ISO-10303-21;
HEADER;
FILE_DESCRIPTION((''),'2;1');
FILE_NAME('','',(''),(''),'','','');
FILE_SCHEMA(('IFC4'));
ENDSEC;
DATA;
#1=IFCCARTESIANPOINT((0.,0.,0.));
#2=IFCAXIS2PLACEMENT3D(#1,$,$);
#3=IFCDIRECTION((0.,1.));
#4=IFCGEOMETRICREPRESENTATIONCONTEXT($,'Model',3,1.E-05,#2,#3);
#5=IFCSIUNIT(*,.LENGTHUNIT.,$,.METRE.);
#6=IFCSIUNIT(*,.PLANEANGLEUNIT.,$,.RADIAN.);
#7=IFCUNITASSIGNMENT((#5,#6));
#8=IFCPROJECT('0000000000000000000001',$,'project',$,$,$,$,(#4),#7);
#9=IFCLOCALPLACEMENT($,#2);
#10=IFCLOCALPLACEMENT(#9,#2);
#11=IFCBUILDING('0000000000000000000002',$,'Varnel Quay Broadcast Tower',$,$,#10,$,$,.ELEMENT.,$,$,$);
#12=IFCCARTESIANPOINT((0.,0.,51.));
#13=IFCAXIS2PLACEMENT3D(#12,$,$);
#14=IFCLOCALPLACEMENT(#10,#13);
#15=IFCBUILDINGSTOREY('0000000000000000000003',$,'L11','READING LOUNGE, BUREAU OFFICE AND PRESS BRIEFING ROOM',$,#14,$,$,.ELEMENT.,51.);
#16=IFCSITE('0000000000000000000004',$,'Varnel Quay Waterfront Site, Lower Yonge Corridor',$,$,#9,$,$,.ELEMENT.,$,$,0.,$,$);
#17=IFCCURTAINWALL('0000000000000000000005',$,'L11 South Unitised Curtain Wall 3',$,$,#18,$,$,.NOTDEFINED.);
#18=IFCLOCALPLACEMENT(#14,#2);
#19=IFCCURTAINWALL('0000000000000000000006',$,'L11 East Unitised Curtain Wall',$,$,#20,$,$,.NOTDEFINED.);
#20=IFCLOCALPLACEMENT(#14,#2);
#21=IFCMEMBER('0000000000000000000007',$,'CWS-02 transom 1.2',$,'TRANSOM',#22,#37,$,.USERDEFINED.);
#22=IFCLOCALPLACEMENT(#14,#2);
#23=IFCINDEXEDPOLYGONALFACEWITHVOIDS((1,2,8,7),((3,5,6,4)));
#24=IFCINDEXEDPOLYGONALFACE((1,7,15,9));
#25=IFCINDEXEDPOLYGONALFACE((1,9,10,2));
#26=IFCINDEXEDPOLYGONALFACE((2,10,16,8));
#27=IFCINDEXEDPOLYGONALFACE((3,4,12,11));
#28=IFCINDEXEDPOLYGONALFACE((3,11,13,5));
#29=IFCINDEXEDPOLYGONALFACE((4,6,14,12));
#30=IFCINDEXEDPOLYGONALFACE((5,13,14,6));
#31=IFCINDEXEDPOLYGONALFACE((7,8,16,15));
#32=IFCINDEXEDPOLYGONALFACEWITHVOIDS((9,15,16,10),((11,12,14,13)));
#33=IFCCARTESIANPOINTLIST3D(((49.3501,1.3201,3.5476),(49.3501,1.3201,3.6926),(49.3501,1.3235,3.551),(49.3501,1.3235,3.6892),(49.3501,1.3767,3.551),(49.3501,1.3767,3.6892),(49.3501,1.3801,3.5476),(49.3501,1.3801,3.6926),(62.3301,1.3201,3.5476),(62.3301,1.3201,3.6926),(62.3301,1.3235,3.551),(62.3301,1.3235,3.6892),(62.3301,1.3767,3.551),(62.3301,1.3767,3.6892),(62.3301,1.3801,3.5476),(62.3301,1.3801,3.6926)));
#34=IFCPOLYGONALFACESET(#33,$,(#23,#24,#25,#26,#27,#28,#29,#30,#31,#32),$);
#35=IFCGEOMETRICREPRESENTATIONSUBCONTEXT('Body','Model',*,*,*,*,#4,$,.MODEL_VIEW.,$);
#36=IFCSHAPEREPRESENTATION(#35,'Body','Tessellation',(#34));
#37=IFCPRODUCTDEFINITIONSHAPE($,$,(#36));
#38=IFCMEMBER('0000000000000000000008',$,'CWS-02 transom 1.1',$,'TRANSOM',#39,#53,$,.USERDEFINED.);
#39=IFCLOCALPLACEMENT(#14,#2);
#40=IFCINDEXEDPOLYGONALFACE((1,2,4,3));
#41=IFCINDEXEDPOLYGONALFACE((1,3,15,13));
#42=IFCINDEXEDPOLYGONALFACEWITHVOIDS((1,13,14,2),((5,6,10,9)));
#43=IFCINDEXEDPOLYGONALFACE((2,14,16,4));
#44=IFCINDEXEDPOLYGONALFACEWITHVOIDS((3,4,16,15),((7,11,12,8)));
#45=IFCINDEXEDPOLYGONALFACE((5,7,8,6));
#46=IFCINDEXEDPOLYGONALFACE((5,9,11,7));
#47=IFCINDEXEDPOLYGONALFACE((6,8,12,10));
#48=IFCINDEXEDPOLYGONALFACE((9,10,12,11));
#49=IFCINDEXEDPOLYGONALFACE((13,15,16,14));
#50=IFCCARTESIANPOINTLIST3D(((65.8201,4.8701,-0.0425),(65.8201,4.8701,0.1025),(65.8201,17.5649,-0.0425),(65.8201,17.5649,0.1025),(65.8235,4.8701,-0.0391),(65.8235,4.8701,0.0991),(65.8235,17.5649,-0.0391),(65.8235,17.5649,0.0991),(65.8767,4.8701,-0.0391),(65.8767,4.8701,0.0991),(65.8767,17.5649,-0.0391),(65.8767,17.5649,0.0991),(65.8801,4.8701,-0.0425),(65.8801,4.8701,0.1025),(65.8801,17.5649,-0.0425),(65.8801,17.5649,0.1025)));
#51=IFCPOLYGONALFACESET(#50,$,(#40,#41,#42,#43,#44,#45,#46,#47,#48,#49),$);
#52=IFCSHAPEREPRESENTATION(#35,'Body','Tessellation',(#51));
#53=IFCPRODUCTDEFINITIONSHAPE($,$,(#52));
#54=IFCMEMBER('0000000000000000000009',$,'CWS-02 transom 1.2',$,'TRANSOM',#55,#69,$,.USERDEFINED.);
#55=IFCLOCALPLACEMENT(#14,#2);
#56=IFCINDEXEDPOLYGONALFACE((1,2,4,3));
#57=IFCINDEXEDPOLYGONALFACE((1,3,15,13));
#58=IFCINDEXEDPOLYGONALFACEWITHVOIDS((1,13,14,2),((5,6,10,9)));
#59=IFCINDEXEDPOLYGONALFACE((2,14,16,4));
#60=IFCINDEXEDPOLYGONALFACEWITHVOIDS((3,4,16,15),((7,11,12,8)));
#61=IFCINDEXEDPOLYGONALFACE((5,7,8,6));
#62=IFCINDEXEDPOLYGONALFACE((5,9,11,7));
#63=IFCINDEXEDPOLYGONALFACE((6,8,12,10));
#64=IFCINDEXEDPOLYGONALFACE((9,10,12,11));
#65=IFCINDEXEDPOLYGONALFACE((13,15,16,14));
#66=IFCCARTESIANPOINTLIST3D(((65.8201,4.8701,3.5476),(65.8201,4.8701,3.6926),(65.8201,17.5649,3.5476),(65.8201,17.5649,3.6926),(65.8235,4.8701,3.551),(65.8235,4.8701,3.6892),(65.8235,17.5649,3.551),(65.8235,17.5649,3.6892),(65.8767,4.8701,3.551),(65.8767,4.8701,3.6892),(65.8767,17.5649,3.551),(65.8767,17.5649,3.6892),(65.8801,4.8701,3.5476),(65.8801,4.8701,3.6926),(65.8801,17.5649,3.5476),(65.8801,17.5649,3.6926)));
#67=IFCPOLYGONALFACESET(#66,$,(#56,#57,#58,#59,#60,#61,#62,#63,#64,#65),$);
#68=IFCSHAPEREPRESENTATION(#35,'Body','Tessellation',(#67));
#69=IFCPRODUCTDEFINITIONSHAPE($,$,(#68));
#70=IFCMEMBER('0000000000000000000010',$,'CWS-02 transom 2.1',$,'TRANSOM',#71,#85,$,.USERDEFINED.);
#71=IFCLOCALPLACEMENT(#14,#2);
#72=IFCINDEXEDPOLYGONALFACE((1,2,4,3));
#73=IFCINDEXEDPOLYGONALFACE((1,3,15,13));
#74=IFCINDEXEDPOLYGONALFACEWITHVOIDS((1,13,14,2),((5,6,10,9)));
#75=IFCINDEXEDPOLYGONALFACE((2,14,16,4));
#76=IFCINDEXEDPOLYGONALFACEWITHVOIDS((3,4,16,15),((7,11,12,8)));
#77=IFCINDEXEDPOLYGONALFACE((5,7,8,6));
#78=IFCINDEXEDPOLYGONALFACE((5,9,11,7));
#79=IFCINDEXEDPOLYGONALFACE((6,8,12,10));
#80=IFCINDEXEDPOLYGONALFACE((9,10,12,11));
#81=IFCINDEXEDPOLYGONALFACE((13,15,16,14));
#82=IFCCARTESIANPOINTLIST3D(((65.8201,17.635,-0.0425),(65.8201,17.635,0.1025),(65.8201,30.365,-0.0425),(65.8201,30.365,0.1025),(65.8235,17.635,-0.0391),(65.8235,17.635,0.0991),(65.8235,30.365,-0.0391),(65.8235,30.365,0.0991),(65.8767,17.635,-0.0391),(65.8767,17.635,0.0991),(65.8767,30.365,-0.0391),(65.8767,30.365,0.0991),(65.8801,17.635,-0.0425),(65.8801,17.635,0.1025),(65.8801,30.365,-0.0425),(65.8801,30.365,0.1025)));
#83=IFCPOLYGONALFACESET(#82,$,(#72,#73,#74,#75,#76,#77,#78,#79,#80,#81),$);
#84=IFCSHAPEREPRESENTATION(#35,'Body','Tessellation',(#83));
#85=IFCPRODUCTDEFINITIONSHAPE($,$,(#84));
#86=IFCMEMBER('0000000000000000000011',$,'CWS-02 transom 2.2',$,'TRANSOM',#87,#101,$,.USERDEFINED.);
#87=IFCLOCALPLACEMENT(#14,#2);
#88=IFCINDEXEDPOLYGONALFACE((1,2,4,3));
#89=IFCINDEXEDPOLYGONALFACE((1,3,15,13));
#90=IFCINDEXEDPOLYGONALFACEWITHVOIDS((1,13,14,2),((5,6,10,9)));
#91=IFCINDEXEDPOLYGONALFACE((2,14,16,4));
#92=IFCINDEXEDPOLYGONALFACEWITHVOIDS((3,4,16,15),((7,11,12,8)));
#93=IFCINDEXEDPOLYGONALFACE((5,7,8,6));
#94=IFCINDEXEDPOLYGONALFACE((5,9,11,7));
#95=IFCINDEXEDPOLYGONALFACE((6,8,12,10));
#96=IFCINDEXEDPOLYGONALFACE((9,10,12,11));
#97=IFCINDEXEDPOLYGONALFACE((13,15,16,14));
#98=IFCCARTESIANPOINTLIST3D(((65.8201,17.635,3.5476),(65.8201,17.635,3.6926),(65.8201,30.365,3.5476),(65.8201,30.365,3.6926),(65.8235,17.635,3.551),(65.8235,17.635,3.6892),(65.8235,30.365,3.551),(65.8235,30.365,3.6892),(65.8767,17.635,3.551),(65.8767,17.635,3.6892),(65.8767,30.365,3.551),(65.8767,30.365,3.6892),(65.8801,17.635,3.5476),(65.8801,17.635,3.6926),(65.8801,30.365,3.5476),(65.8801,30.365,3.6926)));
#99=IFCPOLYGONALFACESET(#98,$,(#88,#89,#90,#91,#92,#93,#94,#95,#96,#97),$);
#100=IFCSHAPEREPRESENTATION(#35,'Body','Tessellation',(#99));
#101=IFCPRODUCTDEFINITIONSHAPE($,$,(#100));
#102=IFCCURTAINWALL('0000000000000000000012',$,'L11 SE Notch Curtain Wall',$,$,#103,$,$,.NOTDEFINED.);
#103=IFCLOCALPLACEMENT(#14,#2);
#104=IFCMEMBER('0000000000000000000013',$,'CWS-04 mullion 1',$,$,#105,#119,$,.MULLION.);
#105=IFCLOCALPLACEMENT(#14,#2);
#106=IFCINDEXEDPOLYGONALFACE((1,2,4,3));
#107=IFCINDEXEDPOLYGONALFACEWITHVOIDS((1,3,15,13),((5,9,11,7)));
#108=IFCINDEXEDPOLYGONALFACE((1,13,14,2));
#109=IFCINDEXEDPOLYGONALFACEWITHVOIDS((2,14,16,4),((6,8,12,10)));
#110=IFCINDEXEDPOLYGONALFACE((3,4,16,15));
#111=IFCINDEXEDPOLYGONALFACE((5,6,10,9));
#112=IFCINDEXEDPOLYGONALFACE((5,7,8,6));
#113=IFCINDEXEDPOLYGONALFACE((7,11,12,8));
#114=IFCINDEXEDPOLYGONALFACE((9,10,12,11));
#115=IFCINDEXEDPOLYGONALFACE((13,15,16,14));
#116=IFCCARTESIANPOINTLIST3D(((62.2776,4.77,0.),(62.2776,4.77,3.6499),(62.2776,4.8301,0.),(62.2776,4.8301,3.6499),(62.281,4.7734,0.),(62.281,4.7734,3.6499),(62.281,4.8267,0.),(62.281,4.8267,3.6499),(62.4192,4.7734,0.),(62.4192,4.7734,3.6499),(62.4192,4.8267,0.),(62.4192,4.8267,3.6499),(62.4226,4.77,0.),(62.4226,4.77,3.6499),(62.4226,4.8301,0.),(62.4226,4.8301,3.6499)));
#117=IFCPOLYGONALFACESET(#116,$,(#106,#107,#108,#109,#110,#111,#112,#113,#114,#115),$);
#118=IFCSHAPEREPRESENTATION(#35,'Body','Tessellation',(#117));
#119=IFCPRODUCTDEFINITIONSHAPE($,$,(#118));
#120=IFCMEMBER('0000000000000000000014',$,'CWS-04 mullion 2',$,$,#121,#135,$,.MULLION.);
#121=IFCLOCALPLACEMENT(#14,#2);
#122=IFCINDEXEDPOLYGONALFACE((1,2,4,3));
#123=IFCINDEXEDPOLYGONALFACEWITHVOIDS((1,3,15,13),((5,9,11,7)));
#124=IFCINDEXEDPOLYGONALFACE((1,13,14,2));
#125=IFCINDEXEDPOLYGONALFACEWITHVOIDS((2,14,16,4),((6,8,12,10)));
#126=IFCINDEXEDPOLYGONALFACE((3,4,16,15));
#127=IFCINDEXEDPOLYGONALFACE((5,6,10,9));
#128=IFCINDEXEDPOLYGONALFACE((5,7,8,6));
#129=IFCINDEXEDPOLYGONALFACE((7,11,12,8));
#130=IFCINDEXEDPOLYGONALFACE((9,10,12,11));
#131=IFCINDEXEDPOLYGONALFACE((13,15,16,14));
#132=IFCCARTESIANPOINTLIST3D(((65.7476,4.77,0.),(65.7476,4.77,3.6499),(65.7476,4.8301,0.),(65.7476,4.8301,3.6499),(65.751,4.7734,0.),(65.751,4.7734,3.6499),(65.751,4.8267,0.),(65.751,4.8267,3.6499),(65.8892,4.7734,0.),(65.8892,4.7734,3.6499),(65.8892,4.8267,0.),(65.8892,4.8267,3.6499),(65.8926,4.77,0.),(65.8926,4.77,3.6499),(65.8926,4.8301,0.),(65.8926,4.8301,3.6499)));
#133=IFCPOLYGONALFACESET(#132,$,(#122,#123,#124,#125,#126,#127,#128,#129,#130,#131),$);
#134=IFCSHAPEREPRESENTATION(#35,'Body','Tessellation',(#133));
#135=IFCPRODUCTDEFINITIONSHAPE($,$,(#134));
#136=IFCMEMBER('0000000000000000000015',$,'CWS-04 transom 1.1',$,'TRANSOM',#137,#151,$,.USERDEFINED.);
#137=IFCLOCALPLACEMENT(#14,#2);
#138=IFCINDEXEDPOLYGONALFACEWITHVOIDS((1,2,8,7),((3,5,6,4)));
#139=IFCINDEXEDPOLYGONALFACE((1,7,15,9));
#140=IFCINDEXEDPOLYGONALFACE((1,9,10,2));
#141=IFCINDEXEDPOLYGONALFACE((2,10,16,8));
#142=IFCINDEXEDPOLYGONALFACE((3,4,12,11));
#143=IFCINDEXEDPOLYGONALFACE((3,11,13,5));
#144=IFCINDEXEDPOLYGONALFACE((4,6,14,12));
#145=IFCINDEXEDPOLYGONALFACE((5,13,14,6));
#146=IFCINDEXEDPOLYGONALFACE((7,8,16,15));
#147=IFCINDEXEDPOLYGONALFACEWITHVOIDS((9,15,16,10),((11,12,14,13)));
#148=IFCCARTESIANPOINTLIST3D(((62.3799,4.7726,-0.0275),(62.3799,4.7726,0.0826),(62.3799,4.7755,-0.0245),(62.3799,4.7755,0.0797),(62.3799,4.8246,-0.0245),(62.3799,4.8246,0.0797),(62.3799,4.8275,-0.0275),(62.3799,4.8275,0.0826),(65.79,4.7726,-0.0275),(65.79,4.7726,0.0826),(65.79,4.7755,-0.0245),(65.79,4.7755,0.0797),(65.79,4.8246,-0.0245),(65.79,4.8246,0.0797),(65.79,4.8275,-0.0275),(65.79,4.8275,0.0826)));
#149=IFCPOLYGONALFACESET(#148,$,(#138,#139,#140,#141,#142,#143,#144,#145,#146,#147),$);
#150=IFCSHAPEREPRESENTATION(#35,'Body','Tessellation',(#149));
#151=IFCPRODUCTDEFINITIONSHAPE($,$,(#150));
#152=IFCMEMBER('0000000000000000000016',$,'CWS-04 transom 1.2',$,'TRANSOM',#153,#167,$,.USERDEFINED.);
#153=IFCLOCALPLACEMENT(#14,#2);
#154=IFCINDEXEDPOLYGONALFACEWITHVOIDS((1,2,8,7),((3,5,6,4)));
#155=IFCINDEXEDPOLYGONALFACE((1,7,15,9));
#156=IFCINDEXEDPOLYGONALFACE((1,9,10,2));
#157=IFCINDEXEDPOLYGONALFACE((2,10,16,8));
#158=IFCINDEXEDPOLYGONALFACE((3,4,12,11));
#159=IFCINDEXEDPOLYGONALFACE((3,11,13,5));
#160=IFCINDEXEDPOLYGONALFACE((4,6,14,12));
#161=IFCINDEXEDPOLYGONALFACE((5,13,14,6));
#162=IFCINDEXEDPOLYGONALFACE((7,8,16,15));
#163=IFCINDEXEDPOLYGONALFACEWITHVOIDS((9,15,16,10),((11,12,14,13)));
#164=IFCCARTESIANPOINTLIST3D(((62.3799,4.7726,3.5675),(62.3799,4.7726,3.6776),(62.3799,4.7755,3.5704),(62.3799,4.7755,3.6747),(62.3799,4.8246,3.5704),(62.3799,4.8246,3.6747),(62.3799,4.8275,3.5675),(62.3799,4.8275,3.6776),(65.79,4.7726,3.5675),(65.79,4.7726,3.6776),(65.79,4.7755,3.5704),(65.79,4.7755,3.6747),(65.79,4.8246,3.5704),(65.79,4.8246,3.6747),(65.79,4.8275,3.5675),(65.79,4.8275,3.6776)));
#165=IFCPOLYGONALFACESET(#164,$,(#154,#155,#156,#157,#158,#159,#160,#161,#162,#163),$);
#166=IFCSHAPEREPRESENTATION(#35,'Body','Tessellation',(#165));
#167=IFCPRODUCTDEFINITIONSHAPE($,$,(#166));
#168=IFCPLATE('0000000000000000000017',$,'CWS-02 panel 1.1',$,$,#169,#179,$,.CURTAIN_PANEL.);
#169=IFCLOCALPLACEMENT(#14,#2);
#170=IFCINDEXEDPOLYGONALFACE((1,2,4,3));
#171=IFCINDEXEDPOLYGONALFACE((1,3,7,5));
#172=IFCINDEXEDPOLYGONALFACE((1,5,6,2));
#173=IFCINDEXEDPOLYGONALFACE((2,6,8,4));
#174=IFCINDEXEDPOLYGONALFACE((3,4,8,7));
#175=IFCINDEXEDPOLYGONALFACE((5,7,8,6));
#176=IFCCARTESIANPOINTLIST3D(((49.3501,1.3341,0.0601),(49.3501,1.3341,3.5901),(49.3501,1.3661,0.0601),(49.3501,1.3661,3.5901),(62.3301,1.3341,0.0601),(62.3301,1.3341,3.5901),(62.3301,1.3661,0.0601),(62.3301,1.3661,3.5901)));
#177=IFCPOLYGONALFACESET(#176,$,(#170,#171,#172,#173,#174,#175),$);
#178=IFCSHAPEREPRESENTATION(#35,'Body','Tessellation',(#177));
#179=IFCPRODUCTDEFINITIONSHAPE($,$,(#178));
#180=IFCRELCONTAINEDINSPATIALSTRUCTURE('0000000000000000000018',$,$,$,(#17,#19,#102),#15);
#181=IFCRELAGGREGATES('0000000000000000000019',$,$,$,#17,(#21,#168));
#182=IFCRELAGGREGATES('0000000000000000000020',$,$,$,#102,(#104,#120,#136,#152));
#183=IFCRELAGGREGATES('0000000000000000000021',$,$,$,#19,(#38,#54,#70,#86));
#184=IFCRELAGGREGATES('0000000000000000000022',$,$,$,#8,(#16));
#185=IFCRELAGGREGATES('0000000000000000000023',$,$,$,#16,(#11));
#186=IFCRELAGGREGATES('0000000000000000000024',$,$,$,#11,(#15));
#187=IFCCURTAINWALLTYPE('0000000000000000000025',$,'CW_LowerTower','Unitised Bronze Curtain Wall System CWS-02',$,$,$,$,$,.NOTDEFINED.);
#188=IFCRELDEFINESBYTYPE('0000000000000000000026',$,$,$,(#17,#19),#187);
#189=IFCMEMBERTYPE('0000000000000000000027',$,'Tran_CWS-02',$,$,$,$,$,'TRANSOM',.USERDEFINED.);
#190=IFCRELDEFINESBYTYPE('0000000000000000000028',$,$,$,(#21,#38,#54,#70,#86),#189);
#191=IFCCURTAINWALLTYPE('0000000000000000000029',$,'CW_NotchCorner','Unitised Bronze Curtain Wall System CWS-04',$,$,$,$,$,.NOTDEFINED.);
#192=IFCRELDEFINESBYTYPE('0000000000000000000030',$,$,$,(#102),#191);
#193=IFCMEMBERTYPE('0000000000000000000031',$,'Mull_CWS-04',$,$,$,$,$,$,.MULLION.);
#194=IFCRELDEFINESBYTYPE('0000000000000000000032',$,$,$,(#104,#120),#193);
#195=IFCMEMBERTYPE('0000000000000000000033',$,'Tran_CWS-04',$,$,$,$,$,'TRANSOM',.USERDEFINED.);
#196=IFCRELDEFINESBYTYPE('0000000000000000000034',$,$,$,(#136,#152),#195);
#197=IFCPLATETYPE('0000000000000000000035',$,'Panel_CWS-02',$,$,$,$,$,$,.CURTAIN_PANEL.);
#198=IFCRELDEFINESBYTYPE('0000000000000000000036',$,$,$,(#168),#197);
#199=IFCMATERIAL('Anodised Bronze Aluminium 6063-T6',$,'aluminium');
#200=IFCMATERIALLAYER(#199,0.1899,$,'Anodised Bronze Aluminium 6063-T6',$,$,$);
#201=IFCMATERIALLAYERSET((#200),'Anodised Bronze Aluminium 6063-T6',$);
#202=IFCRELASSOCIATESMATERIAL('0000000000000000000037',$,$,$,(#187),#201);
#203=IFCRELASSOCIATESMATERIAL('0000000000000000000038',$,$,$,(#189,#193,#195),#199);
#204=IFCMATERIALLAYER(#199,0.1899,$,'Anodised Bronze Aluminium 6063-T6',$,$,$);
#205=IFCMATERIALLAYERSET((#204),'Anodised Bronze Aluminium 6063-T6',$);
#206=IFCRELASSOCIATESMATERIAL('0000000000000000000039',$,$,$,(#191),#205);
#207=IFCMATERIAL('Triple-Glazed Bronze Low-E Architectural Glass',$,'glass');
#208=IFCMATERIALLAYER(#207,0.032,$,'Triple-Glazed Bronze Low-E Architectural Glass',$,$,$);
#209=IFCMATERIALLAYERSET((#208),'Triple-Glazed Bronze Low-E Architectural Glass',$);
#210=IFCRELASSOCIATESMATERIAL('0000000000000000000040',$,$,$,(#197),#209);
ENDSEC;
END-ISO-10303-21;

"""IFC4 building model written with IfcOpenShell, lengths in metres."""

from ifc_helpers import new_model, si_unit, direction, frame, origin, origin_2d, place, context, subcontext, project, spatial, rectangle, hollow_rectangle, extrude, source, transform, mapped, material, layer, layer_set, material_profile, profile_set, type_object, type_shapes, element, aggregate, save


model = new_model("IFC4")

# Units and contexts
model_context = context("Model", 3, precision=1e-05, world=origin(), true_north=direction((0.0, 1.0)))
body_context = subcontext(model_context, "Body", "Model", "MODEL_VIEW")
ifc_project = project(units=[si_unit("LENGTHUNIT", "METRE"), si_unit("PLANEANGLEUNIT", "RADIAN")], contexts=[model_context])

# Site, building, storey
site_placement = place(None, origin())
site = spatial("IfcSite", under=ifc_project, at=site_placement, Name="Varnel Quay Waterfront Site, Lower Yonge Corridor", CompositionType="ELEMENT", RefElevation=0.0)
building_placement = place(site_placement, origin())
building = spatial("IfcBuilding", under=site, at=building_placement, Name="Varnel Quay Broadcast Tower", CompositionType="ELEMENT")
storey_placement = place(building_placement, frame((0.0, 0.0, 51.0)))
storey = spatial("IfcBuildingStorey", under=building, at=storey_placement, Name="L11", Description="READING LOUNGE, BUREAU OFFICE AND PRESS BRIEFING ROOM", CompositionType="ELEMENT", Elevation=51.0)

# Curtain walls
ifc_material_1 = material(Name="Anodised Bronze Aluminium 6063-T6", Category="aluminium")
ifc_layer_1 = layer(ifc_material_1, 0.1899, Name="Anodised Bronze Aluminium 6063-T6")
ifc_layer_set_1 = layer_set([ifc_layer_1], Name="Anodised Bronze Aluminium 6063-T6")
curtain_wall_type_1 = type_object("IfcCurtainWallType", Name="CW_LowerTower", Description="Unitised Bronze Curtain Wall System CWS-02", PredefinedType="NOTDEFINED", material=ifc_layer_set_1)
curtain_wall_1_placement = place(storey_placement, origin())
curtain_wall_1 = element("IfcCurtainWall", 1, at=curtain_wall_1_placement, inside=storey, type_object=curtain_wall_type_1, Name="L11 South Unitised Curtain Wall 3", PredefinedType="NOTDEFINED")
curtain_wall_2_placement = place(storey_placement, origin())
curtain_wall_2 = element("IfcCurtainWall", 2, at=curtain_wall_2_placement, inside=storey, type_object=curtain_wall_type_1, Name="L11 East Unitised Curtain Wall", PredefinedType="NOTDEFINED")

# Members
ifc_material_profile_1 = material_profile(ifc_material_1, hollow_rectangle(XDim=0.0601, YDim=0.145, WallThickness=0.0034, at=origin_2d()), Name="ALU60X145X3.5")
ifc_profile_set_1 = profile_set([ifc_material_profile_1], Name="Anodised Bronze Aluminium 6063-T6")
member_type_1 = type_object("IfcMemberType", Name="Tran_CWS-02", ElementType="TRANSOM", PredefinedType="USERDEFINED", material=ifc_profile_set_1)
shared_shape_1 = source(origin(), body_context, "Body", "SweptSolid", [
    extrude(hollow_rectangle(XDim=0.0601, YDim=0.145, WallThickness=0.0034, at=origin_2d()), origin(), (0.0, 0.0, 1.0), 12.98),
])
member_1_placement = place(storey_placement, frame((49.3501, 1.3501, 3.6201), z_axis=(1.0, 0.0, 0.0), x_axis=(0.0, 1.0, 0.0)))
member_1 = element("IfcMember", 3, at=member_1_placement, type_object=member_type_1, Name="CWS-02 transom 1.2", ObjectType="TRANSOM", PredefinedType="USERDEFINED", context=body_context, shape_type="MappedRepresentation", body=[
    mapped(shared_shape_1, transform((0.0, 0.0, 0.0), x_axis=(1.0, 0.0, 0.0), y_axis=(0.0, 1.0, 0.0), z_axis=(0.0, 0.0, 1.0), scale=1.0)),
])
shared_shape_2 = source(origin(), body_context, "Body", "SweptSolid", [
    extrude(hollow_rectangle(XDim=0.0601, YDim=0.145, WallThickness=0.0034, at=origin_2d()), origin(), (0.0, 0.0, 1.0), 12.6948),
])
member_2_placement = place(storey_placement, frame((65.8501, 4.8701, 0.03), z_axis=(0.0, 1.0, 0.0), x_axis=(-1.0, 0.0, 0.0)))
member_2 = element("IfcMember", 4, at=member_2_placement, type_object=member_type_1, Name="CWS-02 transom 1.1", ObjectType="TRANSOM", PredefinedType="USERDEFINED", context=body_context, shape_type="MappedRepresentation", body=[
    mapped(shared_shape_2, transform((0.0, 0.0, 0.0), x_axis=(1.0, 0.0, 0.0), y_axis=(0.0, 1.0, 0.0), z_axis=(0.0, 0.0, 1.0), scale=1.0)),
])
member_3_placement = place(storey_placement, frame((65.8501, 4.8701, 3.6201), z_axis=(0.0, 1.0, 0.0), x_axis=(-1.0, 0.0, 0.0)))
member_3 = element("IfcMember", 5, at=member_3_placement, type_object=member_type_1, Name="CWS-02 transom 1.2", ObjectType="TRANSOM", PredefinedType="USERDEFINED", context=body_context, shape_type="MappedRepresentation", body=[
    mapped(shared_shape_2, transform((0.0, 0.0, 0.0), x_axis=(1.0, 0.0, 0.0), y_axis=(0.0, 1.0, 0.0), z_axis=(0.0, 0.0, 1.0), scale=1.0)),
])
shared_shape_3 = source(origin(), body_context, "Body", "SweptSolid", [
    extrude(hollow_rectangle(XDim=0.0601, YDim=0.145, WallThickness=0.0034, at=origin_2d()), origin(), (0.0, 0.0, 1.0), 12.73),
])
type_shapes(member_type_1, [shared_shape_1, shared_shape_2, shared_shape_3])
member_4_placement = place(storey_placement, frame((65.8501, 17.635, 0.03), z_axis=(0.0, 1.0, 0.0), x_axis=(-1.0, 0.0, 0.0)))
member_4 = element("IfcMember", 6, at=member_4_placement, type_object=member_type_1, Name="CWS-02 transom 2.1", ObjectType="TRANSOM", PredefinedType="USERDEFINED", context=body_context, shape_type="MappedRepresentation", body=[
    mapped(shared_shape_3, transform((0.0, 0.0, 0.0), x_axis=(1.0, 0.0, 0.0), y_axis=(0.0, 1.0, 0.0), z_axis=(0.0, 0.0, 1.0), scale=1.0)),
])
member_5_placement = place(storey_placement, frame((65.8501, 17.635, 3.6201), z_axis=(0.0, 1.0, 0.0), x_axis=(-1.0, 0.0, 0.0)))
member_5 = element("IfcMember", 7, at=member_5_placement, type_object=member_type_1, Name="CWS-02 transom 2.2", ObjectType="TRANSOM", PredefinedType="USERDEFINED", context=body_context, shape_type="MappedRepresentation", body=[
    mapped(shared_shape_3, transform((0.0, 0.0, 0.0), x_axis=(1.0, 0.0, 0.0), y_axis=(0.0, 1.0, 0.0), z_axis=(0.0, 0.0, 1.0), scale=1.0)),
])

# Curtain wall, members
ifc_layer_2 = layer(ifc_material_1, 0.1899, Name="Anodised Bronze Aluminium 6063-T6")
ifc_layer_set_2 = layer_set([ifc_layer_2], Name="Anodised Bronze Aluminium 6063-T6")
curtain_wall_type_2 = type_object("IfcCurtainWallType", Name="CW_NotchCorner", Description="Unitised Bronze Curtain Wall System CWS-04", PredefinedType="NOTDEFINED", material=ifc_layer_set_2)
curtain_wall_3_placement = place(storey_placement, origin())
curtain_wall_3 = element("IfcCurtainWall", 8, at=curtain_wall_3_placement, inside=storey, type_object=curtain_wall_type_2, Name="L11 SE Notch Curtain Wall", PredefinedType="NOTDEFINED")
ifc_material_profile_2 = material_profile(ifc_material_1, hollow_rectangle(XDim=0.0601, YDim=0.145, WallThickness=0.0034, at=origin_2d()), Name="ALU60X145X3.5")
ifc_profile_set_2 = profile_set([ifc_material_profile_2], Name="Anodised Bronze Aluminium 6063-T6")
member_type_2 = type_object("IfcMemberType", Name="Mull_CWS-04", PredefinedType="MULLION", material=ifc_profile_set_2)
shared_shape_4 = source(origin(), body_context, "Body", "SweptSolid", [
    extrude(hollow_rectangle(XDim=0.0601, YDim=0.145, WallThickness=0.0034, at=origin_2d()), origin(), (0.0, 0.0, 1.0), 3.6499),
])
type_shapes(member_type_2, [shared_shape_4])
member_6_placement = place(storey_placement, frame((62.3501, 4.8, 0.0), z_axis=(0.0, 0.0, 1.0), x_axis=(0.0, 1.0, 0.0)))
member_6 = element("IfcMember", 9, at=member_6_placement, type_object=member_type_2, Name="CWS-04 mullion 1", PredefinedType="MULLION", context=body_context, shape_type="MappedRepresentation", body=[
    mapped(shared_shape_4, transform((0.0, 0.0, 0.0), x_axis=(1.0, 0.0, 0.0), y_axis=(0.0, 1.0, 0.0), z_axis=(0.0, 0.0, 1.0), scale=1.0)),
])
member_7_placement = place(storey_placement, frame((65.8201, 4.8, 0.0), z_axis=(0.0, 0.0, 1.0), x_axis=(0.0, 1.0, 0.0)))
member_7 = element("IfcMember", 10, at=member_7_placement, type_object=member_type_2, Name="CWS-04 mullion 2", PredefinedType="MULLION", context=body_context, shape_type="MappedRepresentation", body=[
    mapped(shared_shape_4, transform((0.0, 0.0, 0.0), x_axis=(1.0, 0.0, 0.0), y_axis=(0.0, 1.0, 0.0), z_axis=(0.0, 0.0, 1.0), scale=1.0)),
])
ifc_material_profile_3 = material_profile(ifc_material_1, hollow_rectangle(XDim=0.0549, YDim=0.1101, WallThickness=0.0029, at=origin_2d()), Name="ALU55X110X3")
ifc_profile_set_3 = profile_set([ifc_material_profile_3], Name="Anodised Bronze Aluminium 6063-T6")
member_type_3 = type_object("IfcMemberType", Name="Tran_CWS-04", ElementType="TRANSOM", PredefinedType="USERDEFINED", material=ifc_profile_set_3)
shared_shape_5 = source(origin(), body_context, "Body", "SweptSolid", [
    extrude(hollow_rectangle(XDim=0.0549, YDim=0.1101, WallThickness=0.0029, at=origin_2d()), origin(), (0.0, 0.0, 1.0), 3.4102),
])
type_shapes(member_type_3, [shared_shape_5])
member_8_placement = place(storey_placement, frame((62.3799, 4.8, 0.0276), z_axis=(1.0, 0.0, 0.0), x_axis=(0.0, 1.0, 0.0)))
member_8 = element("IfcMember", 11, at=member_8_placement, type_object=member_type_3, Name="CWS-04 transom 1.1", ObjectType="TRANSOM", PredefinedType="USERDEFINED", context=body_context, shape_type="MappedRepresentation", body=[
    mapped(shared_shape_5, transform((0.0, 0.0, 0.0), x_axis=(1.0, 0.0, 0.0), y_axis=(0.0, 1.0, 0.0), z_axis=(0.0, 0.0, 1.0), scale=1.0)),
])
member_9_placement = place(storey_placement, frame((62.3799, 4.8, 3.6226), z_axis=(1.0, 0.0, 0.0), x_axis=(0.0, 1.0, 0.0)))
member_9 = element("IfcMember", 12, at=member_9_placement, type_object=member_type_3, Name="CWS-04 transom 1.2", ObjectType="TRANSOM", PredefinedType="USERDEFINED", context=body_context, shape_type="MappedRepresentation", body=[
    mapped(shared_shape_5, transform((0.0, 0.0, 0.0), x_axis=(1.0, 0.0, 0.0), y_axis=(0.0, 1.0, 0.0), z_axis=(0.0, 0.0, 1.0), scale=1.0)),
])

# Plate
ifc_material_2 = material(Name="Triple-Glazed Bronze Low-E Architectural Glass", Category="glass")
ifc_layer_3 = layer(ifc_material_2, 0.032, Name="Triple-Glazed Bronze Low-E Architectural Glass")
ifc_layer_set_3 = layer_set([ifc_layer_3], Name="Triple-Glazed Bronze Low-E Architectural Glass")
plate_type_1 = type_object("IfcPlateType", Name="Panel_CWS-02", PredefinedType="CURTAIN_PANEL", material=ifc_layer_set_3)
shared_shape_6 = source(origin(), body_context, "Body", "SweptSolid", [
    extrude(rectangle(XDim=12.98, YDim=0.032, at=origin_2d()), origin(), (0.0, 0.0, 1.0), 3.53),
])
plate_1_placement = place(storey_placement, frame((55.8401, 1.3501, 0.0601), z_axis=(0.0, 0.0, 1.0), x_axis=(1.0, 0.0, 0.0)))
plate_1 = element("IfcPlate", 13, at=plate_1_placement, type_object=plate_type_1, Name="CWS-02 panel 1.1", PredefinedType="CURTAIN_PANEL", context=body_context, shape_type="MappedRepresentation", body=[
    mapped(shared_shape_6, transform((0.0, 0.0, 0.0), x_axis=(1.0, 0.0, 0.0), y_axis=(0.0, 1.0, 0.0), z_axis=(0.0, 0.0, 1.0), scale=1.0)),
])
aggregate(curtain_wall_1, [member_1, plate_1])
aggregate(curtain_wall_3, [member_6, member_7, member_8, member_9])
aggregate(curtain_wall_2, [member_2, member_3, member_4, member_5])

save(model, "model.ifc")
